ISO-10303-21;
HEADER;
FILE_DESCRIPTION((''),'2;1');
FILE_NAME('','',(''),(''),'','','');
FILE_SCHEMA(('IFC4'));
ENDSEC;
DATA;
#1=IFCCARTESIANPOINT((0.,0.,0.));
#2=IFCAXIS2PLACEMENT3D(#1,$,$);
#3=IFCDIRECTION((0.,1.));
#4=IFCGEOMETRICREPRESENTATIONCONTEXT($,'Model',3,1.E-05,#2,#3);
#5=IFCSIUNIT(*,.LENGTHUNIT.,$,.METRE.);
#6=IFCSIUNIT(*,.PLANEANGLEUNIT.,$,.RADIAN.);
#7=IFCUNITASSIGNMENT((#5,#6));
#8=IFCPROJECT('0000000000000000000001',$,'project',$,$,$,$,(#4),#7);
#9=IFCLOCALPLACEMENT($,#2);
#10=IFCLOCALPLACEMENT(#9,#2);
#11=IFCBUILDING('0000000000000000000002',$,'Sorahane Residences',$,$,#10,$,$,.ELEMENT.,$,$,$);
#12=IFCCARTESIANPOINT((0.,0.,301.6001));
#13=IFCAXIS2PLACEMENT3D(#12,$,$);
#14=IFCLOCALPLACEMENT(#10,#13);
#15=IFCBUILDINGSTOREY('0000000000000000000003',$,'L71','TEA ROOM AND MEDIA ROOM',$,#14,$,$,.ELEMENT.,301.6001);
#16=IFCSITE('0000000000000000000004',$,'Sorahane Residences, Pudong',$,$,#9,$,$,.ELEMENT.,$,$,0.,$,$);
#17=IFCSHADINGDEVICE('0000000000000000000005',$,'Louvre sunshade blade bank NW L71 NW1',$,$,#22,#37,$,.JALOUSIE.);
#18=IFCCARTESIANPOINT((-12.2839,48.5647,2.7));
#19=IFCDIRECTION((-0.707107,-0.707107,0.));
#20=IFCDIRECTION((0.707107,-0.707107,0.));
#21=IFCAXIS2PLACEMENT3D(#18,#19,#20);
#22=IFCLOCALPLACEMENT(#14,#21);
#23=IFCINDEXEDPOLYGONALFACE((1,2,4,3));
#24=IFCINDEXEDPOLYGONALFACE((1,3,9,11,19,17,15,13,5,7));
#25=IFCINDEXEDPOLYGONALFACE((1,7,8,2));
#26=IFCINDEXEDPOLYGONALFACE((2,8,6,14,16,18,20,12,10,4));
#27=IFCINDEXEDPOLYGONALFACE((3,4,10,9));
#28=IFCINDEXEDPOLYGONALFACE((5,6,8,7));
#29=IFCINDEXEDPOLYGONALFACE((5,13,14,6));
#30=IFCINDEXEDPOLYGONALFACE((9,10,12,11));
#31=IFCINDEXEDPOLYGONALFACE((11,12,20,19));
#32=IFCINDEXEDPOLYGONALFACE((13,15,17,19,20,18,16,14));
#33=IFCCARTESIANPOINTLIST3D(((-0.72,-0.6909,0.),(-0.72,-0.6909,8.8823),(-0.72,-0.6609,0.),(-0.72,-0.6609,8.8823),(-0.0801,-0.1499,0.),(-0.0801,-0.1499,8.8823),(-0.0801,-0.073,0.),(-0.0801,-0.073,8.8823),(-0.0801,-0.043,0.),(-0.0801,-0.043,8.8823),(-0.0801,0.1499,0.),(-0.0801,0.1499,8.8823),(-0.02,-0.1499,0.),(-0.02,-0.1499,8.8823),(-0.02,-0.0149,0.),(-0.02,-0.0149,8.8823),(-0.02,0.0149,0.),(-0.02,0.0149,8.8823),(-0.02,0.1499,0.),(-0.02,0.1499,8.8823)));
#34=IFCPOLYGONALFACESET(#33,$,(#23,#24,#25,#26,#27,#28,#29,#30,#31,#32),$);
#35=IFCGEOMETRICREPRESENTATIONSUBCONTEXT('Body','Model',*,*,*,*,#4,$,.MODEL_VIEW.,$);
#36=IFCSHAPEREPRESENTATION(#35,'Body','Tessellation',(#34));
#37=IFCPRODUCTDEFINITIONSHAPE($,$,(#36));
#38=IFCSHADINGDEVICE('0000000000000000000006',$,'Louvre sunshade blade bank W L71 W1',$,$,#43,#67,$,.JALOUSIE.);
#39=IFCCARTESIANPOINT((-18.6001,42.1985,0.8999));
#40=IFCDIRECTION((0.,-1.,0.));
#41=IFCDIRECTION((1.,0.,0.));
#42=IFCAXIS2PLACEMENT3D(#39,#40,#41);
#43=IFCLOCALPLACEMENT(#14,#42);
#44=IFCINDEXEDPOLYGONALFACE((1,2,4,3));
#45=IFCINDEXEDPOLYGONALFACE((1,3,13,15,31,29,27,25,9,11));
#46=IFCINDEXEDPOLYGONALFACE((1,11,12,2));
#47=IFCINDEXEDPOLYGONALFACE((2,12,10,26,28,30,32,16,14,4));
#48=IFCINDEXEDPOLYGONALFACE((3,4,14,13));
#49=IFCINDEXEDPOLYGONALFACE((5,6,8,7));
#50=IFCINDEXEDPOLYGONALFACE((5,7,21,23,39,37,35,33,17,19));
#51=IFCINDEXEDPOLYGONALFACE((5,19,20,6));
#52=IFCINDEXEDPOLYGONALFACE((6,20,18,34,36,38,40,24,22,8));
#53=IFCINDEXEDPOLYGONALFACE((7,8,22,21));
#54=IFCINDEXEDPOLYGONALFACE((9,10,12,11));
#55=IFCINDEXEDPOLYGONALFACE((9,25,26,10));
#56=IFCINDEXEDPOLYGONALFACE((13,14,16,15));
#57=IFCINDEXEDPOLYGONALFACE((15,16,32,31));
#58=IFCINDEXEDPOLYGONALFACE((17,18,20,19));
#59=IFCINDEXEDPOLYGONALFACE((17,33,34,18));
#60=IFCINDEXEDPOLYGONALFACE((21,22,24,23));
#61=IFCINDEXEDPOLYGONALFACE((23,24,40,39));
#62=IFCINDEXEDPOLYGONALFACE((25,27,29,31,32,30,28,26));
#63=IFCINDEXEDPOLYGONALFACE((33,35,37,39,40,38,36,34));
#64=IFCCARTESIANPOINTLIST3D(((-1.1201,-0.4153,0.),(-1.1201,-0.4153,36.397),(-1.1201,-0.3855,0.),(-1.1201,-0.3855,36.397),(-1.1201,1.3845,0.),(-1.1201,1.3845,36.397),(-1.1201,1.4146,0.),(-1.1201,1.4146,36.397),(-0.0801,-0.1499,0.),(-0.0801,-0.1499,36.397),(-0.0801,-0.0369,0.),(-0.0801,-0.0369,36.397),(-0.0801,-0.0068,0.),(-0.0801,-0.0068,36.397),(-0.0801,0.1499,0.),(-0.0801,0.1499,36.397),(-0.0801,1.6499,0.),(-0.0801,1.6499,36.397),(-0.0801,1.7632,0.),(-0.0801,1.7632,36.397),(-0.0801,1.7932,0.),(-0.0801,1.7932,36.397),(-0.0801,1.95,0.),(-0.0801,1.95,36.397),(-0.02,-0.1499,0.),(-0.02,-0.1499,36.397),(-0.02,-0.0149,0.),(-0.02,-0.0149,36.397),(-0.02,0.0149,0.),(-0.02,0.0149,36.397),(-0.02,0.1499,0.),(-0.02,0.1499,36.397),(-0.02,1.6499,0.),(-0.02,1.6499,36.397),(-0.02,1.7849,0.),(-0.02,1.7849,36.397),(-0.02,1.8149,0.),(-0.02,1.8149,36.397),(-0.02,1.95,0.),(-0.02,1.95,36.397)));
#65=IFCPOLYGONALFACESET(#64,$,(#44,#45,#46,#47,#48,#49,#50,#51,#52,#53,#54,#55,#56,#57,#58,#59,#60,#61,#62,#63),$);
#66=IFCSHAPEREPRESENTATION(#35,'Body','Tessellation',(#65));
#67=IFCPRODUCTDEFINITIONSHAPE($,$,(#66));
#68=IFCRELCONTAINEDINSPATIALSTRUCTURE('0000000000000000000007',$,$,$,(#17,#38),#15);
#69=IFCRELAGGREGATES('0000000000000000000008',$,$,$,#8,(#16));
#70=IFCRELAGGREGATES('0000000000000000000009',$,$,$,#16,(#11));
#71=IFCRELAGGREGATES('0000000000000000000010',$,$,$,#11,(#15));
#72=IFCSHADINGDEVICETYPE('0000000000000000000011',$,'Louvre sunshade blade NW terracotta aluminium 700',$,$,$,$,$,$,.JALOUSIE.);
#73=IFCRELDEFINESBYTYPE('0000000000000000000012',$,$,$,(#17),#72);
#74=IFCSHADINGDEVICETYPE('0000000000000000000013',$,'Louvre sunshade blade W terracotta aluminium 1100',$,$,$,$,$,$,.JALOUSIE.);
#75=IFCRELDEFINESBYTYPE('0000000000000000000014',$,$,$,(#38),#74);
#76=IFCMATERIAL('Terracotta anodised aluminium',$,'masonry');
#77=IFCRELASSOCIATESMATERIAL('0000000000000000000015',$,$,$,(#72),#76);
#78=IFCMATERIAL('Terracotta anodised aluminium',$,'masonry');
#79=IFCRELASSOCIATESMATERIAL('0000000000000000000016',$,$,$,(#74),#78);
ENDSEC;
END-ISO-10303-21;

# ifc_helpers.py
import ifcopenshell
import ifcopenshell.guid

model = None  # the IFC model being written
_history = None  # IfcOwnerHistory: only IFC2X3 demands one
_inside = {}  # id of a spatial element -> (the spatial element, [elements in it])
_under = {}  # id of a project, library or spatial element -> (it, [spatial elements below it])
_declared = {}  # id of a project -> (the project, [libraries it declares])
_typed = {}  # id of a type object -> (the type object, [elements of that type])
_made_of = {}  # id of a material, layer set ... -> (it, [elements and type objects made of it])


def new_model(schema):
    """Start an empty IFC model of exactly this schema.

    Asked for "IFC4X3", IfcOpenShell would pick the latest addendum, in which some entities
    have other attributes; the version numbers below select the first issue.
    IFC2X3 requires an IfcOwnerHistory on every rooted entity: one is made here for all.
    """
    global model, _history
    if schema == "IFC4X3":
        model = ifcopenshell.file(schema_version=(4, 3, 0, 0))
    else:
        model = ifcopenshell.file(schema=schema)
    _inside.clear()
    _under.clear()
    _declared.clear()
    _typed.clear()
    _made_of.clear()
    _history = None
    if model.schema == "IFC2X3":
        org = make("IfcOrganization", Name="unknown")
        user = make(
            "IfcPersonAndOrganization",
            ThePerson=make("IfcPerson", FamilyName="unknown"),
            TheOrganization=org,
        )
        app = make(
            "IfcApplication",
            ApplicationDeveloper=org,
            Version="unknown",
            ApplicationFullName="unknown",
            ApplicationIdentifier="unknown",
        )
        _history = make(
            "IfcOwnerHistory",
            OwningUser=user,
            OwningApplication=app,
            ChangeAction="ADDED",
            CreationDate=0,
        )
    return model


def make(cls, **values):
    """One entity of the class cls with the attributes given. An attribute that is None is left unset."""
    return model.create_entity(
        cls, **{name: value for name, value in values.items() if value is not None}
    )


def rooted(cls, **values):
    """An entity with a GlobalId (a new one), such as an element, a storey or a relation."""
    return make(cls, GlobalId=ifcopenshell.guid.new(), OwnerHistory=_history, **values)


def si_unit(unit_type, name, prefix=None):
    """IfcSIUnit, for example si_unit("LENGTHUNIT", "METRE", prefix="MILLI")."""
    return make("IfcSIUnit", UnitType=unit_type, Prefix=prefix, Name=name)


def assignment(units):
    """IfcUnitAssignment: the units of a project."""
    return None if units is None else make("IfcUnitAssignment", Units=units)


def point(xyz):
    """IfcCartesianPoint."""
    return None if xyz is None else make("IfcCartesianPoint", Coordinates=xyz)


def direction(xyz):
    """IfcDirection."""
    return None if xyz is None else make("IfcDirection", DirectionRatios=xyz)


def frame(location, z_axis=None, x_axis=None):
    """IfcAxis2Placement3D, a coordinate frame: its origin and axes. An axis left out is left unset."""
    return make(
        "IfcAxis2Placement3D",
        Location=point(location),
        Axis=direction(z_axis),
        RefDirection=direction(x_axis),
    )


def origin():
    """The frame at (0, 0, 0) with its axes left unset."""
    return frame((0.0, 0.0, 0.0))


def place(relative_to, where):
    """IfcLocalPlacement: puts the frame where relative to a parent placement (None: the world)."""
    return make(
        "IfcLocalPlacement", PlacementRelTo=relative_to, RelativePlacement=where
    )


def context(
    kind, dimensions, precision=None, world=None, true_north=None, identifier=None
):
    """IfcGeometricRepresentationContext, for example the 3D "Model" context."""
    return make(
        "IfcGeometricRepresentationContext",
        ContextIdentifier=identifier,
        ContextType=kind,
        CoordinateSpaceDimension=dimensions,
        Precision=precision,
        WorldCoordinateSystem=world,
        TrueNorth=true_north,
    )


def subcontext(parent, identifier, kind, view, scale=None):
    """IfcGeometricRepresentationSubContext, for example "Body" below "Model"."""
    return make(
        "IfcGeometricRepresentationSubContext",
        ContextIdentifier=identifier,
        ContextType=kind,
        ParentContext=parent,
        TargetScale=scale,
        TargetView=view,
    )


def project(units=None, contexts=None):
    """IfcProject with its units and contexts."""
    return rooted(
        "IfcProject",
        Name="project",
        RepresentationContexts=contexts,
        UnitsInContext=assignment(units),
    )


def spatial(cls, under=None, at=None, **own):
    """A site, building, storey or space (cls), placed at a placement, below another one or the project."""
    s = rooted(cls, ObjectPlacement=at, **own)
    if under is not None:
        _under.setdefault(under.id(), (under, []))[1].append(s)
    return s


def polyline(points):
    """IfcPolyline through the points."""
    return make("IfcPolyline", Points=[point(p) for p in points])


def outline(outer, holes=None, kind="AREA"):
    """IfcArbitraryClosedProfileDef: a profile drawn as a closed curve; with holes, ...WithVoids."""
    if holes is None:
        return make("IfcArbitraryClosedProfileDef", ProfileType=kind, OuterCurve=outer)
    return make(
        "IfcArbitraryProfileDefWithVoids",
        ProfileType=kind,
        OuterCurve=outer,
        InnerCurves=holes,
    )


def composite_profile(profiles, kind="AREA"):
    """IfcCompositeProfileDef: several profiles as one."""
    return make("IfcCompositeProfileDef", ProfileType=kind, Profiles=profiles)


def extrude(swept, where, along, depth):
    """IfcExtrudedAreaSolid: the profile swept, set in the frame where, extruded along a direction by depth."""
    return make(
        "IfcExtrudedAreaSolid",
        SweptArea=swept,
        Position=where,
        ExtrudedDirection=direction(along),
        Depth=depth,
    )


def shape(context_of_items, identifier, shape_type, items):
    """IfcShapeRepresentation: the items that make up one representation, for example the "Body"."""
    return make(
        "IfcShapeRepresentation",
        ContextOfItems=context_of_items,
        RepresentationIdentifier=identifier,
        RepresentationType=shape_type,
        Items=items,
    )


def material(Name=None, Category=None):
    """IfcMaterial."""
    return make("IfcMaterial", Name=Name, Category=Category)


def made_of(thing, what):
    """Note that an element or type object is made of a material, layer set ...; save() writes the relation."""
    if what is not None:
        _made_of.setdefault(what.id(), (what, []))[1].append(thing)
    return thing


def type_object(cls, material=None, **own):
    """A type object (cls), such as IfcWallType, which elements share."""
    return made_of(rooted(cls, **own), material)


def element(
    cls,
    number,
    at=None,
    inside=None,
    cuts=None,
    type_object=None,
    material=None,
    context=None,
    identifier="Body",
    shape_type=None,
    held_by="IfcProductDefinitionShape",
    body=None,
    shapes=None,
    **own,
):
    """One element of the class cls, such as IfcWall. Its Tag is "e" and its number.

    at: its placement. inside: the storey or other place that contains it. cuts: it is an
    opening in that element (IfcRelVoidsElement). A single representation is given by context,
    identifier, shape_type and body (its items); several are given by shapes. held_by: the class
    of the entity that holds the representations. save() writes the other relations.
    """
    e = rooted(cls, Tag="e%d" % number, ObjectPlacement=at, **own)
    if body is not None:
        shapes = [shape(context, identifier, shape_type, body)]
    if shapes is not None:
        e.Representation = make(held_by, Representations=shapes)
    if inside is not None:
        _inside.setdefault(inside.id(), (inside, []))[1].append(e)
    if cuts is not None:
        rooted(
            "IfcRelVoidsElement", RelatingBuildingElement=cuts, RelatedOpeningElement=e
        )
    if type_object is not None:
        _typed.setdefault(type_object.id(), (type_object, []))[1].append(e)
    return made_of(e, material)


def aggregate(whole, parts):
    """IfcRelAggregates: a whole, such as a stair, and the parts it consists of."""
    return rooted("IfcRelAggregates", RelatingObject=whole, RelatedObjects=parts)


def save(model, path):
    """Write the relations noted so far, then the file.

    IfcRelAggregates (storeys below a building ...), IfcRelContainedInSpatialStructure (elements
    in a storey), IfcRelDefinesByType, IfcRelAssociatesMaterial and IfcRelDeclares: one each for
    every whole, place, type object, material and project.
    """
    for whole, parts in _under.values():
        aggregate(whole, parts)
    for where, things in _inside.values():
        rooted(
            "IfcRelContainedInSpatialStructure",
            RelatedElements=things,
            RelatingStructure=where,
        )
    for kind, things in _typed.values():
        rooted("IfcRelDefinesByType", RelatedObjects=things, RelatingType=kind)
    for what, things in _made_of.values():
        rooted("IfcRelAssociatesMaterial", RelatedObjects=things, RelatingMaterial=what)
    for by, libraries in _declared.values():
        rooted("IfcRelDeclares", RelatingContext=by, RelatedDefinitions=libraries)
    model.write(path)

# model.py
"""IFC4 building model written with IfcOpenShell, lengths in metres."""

from ifc_helpers import new_model, si_unit, direction, frame, origin, place, context, subcontext, project, spatial, polyline, outline, composite_profile, extrude, material, type_object, element, save


model = new_model("IFC4")

# Units and contexts
model_context = context("Model", 3, precision=1e-05, world=origin(), true_north=direction((0.0, 1.0)))
body_context = subcontext(model_context, "Body", "Model", "MODEL_VIEW")
ifc_project = project(units=[si_unit("LENGTHUNIT", "METRE"), si_unit("PLANEANGLEUNIT", "RADIAN")], contexts=[model_context])

# Site, building, storey
site_placement = place(None, origin())
site = spatial("IfcSite", under=ifc_project, at=site_placement, Name="Sorahane Residences, Pudong", CompositionType="ELEMENT", RefElevation=0.0)
building_placement = place(site_placement, origin())
building = spatial("IfcBuilding", under=site, at=building_placement, Name="Sorahane Residences", CompositionType="ELEMENT")
storey_placement = place(building_placement, frame((0.0, 0.0, 301.6001)))
storey = spatial("IfcBuildingStorey", under=building, at=storey_placement, Name="L71", Description="TEA ROOM AND MEDIA ROOM", CompositionType="ELEMENT", Elevation=301.6001)

# Shading devices
ifc_material_1 = material(Name="Terracotta anodised aluminium", Category="masonry")
shading_device_type_1 = type_object("IfcShadingDeviceType", Name="Louvre sunshade blade NW terracotta aluminium 700", PredefinedType="JALOUSIE", material=ifc_material_1)
shading_device_1_placement = place(storey_placement, frame((-12.2839, 48.5647, 2.7), z_axis=(-0.707107, -0.707107, 0.0), x_axis=(0.707107, -0.707107, 0.0)))
element("IfcShadingDevice", 1, at=shading_device_1_placement, inside=storey, type_object=shading_device_type_1, Name="Louvre sunshade blade bank NW L71 NW1", PredefinedType="JALOUSIE", context=body_context, shape_type="SweptSolid", body=[
    extrude(outline(polyline([(-0.72, -0.6609), (-0.72, -0.6909), (-0.0801, -0.073), (-0.0801, -0.1499), (-0.02, -0.1499), (-0.02, -0.0149), (-0.02, 0.0149), (-0.02, 0.1499), (-0.0801, 0.1499), (-0.0801, -0.043), (-0.72, -0.6609)])), origin(), (0.0, 0.0, 1.0), 8.8823),
])
ifc_material_2 = material(Name="Terracotta anodised aluminium", Category="masonry")
shading_device_type_2 = type_object("IfcShadingDeviceType", Name="Louvre sunshade blade W terracotta aluminium 1100", PredefinedType="JALOUSIE", material=ifc_material_2)
shading_device_2_placement = place(storey_placement, frame((-18.6001, 42.1985, 0.8999), z_axis=(0.0, -1.0, 0.0), x_axis=(1.0, 0.0, 0.0)))
element("IfcShadingDevice", 2, at=shading_device_2_placement, inside=storey, type_object=shading_device_type_2, Name="Louvre sunshade blade bank W L71 W1", PredefinedType="JALOUSIE", context=body_context, shape_type="SweptSolid", body=[
    extrude(composite_profile([outline(polyline([(-1.1201, -0.3855), (-1.1201, -0.4153), (-0.0801, -0.0369), (-0.0801, -0.1499), (-0.02, -0.1499), (-0.02, -0.0149), (-0.02, 0.0149), (-0.02, 0.1499), (-0.0801, 0.1499), (-0.0801, -0.0068), (-1.1201, -0.3855)])), outline(polyline([(-1.1201, 1.4146), (-1.1201, 1.3845), (-0.0801, 1.7632), (-0.0801, 1.6499), (-0.02, 1.6499), (-0.02, 1.7849), (-0.02, 1.8149), (-0.02, 1.95), (-0.0801, 1.95), (-0.0801, 1.7932), (-1.1201, 1.4146)]))]), origin(), (0.0, 0.0, 1.0), 36.397),
])

save(model, "model.ifc")
